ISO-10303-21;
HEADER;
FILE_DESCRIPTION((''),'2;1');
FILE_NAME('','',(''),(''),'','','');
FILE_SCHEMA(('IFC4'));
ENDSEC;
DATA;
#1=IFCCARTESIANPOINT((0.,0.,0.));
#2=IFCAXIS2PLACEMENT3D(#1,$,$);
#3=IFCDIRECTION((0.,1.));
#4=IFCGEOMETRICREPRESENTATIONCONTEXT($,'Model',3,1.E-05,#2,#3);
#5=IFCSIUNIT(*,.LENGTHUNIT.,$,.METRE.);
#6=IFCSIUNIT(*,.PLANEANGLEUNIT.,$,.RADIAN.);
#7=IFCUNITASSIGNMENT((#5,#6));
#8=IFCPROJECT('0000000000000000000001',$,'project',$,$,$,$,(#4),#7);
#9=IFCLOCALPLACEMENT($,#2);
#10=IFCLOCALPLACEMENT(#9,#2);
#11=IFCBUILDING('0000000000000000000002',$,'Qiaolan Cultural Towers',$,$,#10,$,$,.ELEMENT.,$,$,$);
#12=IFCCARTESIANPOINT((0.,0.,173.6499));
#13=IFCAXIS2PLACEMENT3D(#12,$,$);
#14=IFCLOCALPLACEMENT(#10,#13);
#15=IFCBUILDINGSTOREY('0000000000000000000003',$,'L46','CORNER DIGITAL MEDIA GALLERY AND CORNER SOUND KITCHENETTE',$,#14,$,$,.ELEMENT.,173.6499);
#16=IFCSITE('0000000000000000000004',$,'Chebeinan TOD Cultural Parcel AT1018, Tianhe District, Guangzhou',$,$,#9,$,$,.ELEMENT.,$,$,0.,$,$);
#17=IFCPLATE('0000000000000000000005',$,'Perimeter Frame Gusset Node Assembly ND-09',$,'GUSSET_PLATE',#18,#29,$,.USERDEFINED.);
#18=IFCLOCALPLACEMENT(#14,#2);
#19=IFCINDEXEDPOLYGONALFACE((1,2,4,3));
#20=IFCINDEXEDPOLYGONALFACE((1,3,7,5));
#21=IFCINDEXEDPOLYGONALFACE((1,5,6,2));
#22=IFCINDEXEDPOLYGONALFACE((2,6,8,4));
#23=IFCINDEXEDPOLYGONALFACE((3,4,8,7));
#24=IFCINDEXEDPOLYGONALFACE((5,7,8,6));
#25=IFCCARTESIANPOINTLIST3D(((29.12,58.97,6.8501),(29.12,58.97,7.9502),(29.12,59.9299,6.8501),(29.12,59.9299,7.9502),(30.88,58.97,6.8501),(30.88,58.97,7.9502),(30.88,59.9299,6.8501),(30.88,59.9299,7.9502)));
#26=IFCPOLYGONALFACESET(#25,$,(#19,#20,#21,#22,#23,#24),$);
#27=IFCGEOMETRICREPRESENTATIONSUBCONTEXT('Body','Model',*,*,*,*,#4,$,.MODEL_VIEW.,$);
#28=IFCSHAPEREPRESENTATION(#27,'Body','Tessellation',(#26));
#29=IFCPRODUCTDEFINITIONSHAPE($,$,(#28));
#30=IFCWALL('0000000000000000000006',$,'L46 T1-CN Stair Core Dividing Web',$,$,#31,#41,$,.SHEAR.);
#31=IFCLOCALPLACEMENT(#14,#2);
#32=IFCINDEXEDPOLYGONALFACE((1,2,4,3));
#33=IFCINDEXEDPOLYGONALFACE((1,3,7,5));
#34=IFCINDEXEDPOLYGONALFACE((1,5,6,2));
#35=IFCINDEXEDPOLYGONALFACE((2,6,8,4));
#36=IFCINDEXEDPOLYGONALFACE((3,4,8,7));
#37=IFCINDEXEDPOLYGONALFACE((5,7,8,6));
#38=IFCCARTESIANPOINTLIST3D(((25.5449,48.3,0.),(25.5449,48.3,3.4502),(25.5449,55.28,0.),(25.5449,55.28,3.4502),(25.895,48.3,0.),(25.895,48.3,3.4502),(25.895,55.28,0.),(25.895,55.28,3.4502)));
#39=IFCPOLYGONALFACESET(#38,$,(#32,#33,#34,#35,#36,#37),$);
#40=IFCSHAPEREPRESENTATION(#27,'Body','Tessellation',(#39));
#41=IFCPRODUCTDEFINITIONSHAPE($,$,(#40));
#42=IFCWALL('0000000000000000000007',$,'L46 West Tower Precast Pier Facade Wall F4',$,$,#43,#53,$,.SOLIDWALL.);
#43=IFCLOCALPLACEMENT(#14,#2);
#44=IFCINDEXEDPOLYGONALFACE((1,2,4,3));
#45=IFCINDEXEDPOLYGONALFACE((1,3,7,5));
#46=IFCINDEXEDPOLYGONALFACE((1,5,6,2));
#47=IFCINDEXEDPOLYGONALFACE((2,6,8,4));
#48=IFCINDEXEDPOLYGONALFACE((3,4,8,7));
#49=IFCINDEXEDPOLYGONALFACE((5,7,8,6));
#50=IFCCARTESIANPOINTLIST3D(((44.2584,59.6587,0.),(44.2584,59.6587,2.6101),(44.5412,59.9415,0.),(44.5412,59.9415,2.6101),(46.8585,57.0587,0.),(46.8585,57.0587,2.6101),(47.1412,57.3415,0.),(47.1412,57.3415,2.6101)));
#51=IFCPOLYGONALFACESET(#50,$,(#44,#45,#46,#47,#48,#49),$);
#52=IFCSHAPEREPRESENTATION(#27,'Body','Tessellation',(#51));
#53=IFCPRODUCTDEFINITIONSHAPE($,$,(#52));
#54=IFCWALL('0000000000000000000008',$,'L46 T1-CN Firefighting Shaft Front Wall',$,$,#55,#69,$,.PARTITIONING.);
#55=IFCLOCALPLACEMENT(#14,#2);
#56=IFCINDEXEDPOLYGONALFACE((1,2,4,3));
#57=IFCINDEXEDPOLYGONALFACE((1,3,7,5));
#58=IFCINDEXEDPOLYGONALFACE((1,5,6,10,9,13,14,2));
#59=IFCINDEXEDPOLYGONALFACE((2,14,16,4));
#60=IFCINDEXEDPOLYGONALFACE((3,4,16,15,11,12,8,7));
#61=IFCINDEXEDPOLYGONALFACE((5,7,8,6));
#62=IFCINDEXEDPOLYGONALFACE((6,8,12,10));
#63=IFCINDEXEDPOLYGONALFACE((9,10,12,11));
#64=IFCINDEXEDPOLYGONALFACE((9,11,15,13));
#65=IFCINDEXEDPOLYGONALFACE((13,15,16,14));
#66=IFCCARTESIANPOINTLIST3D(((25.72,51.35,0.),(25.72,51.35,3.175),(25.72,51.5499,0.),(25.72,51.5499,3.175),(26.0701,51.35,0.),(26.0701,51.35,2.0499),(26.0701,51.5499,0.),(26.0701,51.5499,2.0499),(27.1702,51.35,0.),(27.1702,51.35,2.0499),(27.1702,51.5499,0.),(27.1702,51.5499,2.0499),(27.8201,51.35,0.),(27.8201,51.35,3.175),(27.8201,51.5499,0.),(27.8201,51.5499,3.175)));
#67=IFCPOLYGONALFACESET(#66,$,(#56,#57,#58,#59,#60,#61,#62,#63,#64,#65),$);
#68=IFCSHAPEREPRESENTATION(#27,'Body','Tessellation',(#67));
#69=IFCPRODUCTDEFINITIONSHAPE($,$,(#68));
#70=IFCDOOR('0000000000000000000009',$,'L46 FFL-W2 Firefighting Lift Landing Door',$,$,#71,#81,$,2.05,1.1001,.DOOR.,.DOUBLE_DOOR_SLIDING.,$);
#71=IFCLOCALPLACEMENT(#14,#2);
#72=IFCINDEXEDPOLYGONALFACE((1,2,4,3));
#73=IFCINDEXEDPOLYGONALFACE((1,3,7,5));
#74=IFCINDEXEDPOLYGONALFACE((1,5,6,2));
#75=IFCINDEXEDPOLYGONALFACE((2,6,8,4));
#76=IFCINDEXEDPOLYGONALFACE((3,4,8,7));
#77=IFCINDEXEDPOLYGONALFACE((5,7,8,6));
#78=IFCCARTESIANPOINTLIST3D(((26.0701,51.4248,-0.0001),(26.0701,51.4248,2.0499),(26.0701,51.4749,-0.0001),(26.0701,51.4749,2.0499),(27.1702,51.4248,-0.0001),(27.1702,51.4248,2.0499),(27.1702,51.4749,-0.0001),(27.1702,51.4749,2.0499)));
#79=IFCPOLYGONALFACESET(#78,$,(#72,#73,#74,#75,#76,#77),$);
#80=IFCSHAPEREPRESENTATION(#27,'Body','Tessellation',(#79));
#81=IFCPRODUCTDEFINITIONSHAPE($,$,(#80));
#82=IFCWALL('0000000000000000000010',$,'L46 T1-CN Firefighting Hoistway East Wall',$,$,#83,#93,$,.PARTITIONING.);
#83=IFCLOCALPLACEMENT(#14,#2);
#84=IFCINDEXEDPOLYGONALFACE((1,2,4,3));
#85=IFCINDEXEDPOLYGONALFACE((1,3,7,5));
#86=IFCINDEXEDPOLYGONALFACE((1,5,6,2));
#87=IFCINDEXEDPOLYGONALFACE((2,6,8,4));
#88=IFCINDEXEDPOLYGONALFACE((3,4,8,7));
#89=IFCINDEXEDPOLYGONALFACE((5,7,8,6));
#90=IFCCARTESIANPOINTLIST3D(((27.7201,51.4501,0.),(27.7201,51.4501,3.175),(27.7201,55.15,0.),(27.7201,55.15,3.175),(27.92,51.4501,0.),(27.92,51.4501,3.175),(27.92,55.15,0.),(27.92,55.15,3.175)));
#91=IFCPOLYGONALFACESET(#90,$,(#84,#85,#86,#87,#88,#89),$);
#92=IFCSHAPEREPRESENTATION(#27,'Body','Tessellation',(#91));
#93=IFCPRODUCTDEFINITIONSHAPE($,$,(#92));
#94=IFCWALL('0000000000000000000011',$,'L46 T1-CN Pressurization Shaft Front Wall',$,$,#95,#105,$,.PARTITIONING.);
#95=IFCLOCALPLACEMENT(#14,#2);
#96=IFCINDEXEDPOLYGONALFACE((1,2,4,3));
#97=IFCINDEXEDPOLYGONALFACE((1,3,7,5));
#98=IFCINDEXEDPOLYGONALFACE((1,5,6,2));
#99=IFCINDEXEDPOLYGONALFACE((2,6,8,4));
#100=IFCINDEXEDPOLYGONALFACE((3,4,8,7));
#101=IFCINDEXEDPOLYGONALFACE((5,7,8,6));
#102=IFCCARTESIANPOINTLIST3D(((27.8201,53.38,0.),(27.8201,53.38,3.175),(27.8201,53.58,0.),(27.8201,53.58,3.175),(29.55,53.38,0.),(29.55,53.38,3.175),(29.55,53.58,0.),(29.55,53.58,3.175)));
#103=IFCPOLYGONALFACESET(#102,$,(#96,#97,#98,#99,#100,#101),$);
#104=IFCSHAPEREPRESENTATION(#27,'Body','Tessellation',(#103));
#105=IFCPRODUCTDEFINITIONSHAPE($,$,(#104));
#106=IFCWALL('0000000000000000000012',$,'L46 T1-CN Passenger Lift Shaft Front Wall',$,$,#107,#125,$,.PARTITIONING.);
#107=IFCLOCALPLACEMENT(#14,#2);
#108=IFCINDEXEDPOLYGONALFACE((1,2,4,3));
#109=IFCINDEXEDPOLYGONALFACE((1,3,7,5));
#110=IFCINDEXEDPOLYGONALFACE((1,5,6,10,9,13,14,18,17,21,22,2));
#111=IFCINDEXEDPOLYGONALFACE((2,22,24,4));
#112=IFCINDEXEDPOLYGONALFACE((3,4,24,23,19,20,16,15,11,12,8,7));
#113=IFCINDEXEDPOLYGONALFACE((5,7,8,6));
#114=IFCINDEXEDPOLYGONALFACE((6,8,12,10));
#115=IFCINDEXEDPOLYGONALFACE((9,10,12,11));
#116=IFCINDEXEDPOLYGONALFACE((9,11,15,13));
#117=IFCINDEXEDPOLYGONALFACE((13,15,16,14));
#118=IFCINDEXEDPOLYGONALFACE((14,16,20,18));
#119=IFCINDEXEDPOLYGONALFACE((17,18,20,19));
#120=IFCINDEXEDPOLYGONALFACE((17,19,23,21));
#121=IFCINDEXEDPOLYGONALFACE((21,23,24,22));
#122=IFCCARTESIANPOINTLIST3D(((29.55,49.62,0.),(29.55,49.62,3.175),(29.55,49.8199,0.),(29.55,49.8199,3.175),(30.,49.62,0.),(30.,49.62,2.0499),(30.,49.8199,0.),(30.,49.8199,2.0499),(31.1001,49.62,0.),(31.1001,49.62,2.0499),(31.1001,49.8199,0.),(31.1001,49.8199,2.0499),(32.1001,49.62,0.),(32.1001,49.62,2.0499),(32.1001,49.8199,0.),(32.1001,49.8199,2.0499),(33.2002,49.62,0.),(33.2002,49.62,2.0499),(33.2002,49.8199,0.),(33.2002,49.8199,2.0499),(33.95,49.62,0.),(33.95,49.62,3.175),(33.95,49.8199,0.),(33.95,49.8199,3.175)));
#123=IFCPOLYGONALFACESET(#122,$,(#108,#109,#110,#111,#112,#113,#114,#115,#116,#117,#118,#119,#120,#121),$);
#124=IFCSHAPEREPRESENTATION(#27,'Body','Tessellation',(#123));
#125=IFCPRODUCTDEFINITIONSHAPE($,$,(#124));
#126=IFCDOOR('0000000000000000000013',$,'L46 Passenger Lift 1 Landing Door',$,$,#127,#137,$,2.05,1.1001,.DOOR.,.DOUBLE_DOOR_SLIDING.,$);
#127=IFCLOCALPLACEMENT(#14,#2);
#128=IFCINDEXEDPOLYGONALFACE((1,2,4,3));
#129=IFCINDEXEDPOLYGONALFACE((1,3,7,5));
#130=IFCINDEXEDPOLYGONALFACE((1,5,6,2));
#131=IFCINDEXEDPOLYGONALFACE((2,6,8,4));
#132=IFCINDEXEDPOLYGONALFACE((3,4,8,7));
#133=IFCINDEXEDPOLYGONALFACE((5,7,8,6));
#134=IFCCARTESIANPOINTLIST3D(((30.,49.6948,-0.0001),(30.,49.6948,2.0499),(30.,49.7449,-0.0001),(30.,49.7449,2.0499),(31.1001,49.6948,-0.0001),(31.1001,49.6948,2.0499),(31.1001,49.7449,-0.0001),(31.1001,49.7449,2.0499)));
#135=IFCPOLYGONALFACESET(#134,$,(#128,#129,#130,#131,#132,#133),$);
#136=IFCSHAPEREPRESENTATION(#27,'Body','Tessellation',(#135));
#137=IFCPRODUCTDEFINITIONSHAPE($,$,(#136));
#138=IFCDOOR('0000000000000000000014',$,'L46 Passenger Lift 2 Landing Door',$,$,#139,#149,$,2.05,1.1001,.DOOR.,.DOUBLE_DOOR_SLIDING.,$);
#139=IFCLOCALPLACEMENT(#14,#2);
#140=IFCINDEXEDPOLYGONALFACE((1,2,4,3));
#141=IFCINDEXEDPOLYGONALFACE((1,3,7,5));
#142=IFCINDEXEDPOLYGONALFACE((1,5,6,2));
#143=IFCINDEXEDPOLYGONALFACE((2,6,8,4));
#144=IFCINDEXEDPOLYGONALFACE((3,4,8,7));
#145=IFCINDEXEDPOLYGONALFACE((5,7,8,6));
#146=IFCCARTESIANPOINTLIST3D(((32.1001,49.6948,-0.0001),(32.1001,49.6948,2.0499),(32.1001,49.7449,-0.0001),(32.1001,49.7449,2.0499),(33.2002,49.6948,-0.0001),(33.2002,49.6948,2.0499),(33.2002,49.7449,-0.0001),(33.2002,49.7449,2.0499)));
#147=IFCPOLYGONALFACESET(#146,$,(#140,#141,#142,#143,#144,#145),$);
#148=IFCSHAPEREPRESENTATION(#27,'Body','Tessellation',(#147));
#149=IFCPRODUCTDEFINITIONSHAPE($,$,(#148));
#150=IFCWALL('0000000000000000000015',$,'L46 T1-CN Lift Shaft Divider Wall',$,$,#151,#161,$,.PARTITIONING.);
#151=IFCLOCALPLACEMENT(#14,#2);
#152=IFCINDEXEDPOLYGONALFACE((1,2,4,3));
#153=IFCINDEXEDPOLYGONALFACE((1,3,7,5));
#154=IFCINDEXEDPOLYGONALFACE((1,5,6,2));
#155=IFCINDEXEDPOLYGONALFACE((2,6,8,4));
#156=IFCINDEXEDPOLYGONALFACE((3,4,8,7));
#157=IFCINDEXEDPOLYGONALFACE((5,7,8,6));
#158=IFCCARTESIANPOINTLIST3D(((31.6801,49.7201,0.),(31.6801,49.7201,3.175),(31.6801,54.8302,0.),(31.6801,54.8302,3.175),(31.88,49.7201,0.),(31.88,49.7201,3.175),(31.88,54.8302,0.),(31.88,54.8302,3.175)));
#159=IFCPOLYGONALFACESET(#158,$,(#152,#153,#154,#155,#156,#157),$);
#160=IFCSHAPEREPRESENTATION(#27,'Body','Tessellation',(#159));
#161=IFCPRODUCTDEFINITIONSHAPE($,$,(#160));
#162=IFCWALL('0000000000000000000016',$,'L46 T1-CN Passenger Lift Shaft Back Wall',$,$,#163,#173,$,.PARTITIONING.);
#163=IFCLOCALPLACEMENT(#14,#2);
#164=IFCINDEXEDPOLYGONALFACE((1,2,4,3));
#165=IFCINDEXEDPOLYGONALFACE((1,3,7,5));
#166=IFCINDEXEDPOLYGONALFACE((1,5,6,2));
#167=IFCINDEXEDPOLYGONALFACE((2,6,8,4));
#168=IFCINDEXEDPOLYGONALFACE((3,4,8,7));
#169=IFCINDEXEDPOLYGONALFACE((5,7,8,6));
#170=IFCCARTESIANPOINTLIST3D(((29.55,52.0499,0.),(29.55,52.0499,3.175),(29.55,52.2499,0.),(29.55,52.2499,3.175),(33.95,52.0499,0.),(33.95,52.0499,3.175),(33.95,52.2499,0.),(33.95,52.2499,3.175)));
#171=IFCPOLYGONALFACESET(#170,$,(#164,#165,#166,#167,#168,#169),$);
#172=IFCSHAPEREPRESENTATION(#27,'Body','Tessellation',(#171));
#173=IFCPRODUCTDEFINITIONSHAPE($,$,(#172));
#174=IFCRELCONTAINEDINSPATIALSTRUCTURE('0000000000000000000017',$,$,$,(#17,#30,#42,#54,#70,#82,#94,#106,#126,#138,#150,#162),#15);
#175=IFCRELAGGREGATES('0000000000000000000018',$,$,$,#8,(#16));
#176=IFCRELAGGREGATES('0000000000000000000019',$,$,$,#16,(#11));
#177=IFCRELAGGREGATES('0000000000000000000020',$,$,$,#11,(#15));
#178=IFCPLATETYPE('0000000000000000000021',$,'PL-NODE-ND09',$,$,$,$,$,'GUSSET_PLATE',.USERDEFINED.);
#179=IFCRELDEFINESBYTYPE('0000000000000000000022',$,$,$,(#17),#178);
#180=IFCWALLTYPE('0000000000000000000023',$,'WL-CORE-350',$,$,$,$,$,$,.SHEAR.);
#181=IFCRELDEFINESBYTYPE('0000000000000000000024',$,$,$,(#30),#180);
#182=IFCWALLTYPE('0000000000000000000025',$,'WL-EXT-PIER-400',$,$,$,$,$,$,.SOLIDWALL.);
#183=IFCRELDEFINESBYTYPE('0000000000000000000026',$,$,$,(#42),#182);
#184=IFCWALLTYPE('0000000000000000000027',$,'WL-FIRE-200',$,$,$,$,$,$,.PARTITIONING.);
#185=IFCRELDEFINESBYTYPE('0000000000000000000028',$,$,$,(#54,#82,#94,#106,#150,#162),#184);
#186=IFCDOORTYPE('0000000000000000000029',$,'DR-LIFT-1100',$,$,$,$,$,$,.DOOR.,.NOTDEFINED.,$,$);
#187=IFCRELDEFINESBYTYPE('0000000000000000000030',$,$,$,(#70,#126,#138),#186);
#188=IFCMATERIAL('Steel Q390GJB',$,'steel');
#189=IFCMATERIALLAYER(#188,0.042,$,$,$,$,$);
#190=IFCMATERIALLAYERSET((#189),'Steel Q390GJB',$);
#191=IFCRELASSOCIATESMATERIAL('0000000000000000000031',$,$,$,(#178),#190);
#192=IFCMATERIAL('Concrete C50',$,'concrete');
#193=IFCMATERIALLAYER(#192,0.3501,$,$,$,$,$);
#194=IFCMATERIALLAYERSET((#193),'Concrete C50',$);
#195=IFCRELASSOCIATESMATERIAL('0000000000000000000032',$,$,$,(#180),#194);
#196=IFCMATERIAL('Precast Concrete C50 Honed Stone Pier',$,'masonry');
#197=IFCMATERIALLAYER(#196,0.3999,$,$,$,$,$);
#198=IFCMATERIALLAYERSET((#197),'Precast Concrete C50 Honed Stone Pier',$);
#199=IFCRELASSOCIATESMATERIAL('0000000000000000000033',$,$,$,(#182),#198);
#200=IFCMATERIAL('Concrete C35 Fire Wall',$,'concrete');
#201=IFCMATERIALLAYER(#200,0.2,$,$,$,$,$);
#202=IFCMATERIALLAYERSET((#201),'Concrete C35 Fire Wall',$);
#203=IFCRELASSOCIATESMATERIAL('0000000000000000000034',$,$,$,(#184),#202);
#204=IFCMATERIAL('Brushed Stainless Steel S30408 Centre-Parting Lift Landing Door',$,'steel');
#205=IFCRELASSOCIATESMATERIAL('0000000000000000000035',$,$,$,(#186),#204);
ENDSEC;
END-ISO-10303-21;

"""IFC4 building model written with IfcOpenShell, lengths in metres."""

from ifc_helpers import new_model, si_unit, direction, frame, frame_2d, origin, origin_2d, place, context, subcontext, project, spatial, rectangle, extrude, material, layer, layer_set, type_object, element, fill, save


model = new_model("IFC4")

# Units and contexts
model_context = context("Model", 3, precision=1e-05, world=origin(), true_north=direction((0.0, 1.0)))
body_context = subcontext(model_context, "Body", "Model", "MODEL_VIEW")
ifc_project = project(units=[si_unit("LENGTHUNIT", "METRE"), si_unit("PLANEANGLEUNIT", "RADIAN")], contexts=[model_context])

# Site, building, storey
site_placement = place(None, origin())
site = spatial("IfcSite", under=ifc_project, at=site_placement, Name="Chebeinan TOD Cultural Parcel AT1018, Tianhe District, Guangzhou", CompositionType="ELEMENT", RefElevation=0.0)
building_placement = place(site_placement, origin())
building = spatial("IfcBuilding", under=site, at=building_placement, Name="Qiaolan Cultural Towers", CompositionType="ELEMENT")
storey_placement = place(building_placement, frame((0.0, 0.0, 173.6499)))
storey = spatial("IfcBuildingStorey", under=building, at=storey_placement, Name="L46", Description="CORNER DIGITAL MEDIA GALLERY AND CORNER SOUND KITCHENETTE", CompositionType="ELEMENT", Elevation=173.6499)

# Plate
ifc_material_1 = material(Name="Steel Q390GJB", Category="steel")
ifc_layer_1 = layer(ifc_material_1, 0.042)
ifc_layer_set_1 = layer_set([ifc_layer_1], Name="Steel Q390GJB")
plate_type_1 = type_object("IfcPlateType", Name="PL-NODE-ND09", ElementType="GUSSET_PLATE", PredefinedType="USERDEFINED", material=ifc_layer_set_1)
plate_placement = place(storey_placement, frame((30.0, 59.45, 6.8501), z_axis=(0.0, 0.0, 1.0), x_axis=(1.0, 0.0, 0.0)))
element("IfcPlate", 1, at=plate_placement, inside=storey, type_object=plate_type_1, Name="Perimeter Frame Gusset Node Assembly ND-09", ObjectType="GUSSET_PLATE", PredefinedType="USERDEFINED", context=body_context, shape_type="SweptSolid", body=[
    extrude(rectangle(XDim=1.76, YDim=0.96, at=origin_2d()), origin(), (0.0, 0.0, 1.0), 1.1001),
])

# Walls
ifc_material_2 = material(Name="Concrete C50", Category="concrete")
ifc_layer_2 = layer(ifc_material_2, 0.3501)
ifc_layer_set_2 = layer_set([ifc_layer_2], Name="Concrete C50")
wall_type_1 = type_object("IfcWallType", Name="WL-CORE-350", PredefinedType="SHEAR", material=ifc_layer_set_2)
wall_1_placement = place(storey_placement, frame((25.72, 48.3, 0.0), z_axis=(0.0, 0.0, 1.0), x_axis=(0.0, 1.0, 0.0)))
element("IfcWall", 2, at=wall_1_placement, inside=storey, type_object=wall_type_1, Name="L46 T1-CN Stair Core Dividing Web", PredefinedType="SHEAR", context=body_context, shape_type="SweptSolid", body=[
    extrude(rectangle(XDim=6.98, YDim=0.3501, at=frame_2d((3.49, 0.0))), origin(), (0.0, 0.0, 1.0), 3.4502),
])
ifc_material_3 = material(Name="Precast Concrete C50 Honed Stone Pier", Category="masonry")
ifc_layer_3 = layer(ifc_material_3, 0.3999)
ifc_layer_set_3 = layer_set([ifc_layer_3], Name="Precast Concrete C50 Honed Stone Pier")
wall_type_2 = type_object("IfcWallType", Name="WL-EXT-PIER-400", PredefinedType="SOLIDWALL", material=ifc_layer_set_3)
wall_2_placement = place(storey_placement, frame((44.3999, 59.8, 0.0), z_axis=(0.0, 0.0, 1.0), x_axis=(0.707107, -0.707107, 0.0)))
element("IfcWall", 3, at=wall_2_placement, inside=storey, type_object=wall_type_2, Name="L46 West Tower Precast Pier Facade Wall F4", PredefinedType="SOLIDWALL", context=body_context, shape_type="SweptSolid", body=[
    extrude(rectangle(XDim=3.677, YDim=0.3999, at=frame_2d((1.8384, 0.0))), origin(), (0.0, 0.0, 1.0), 2.6101),
])

# Wall, opening, door
ifc_material_4 = material(Name="Concrete C35 Fire Wall", Category="concrete")
ifc_layer_4 = layer(ifc_material_4, 0.2)
ifc_layer_set_4 = layer_set([ifc_layer_4], Name="Concrete C35 Fire Wall")
wall_type_3 = type_object("IfcWallType", Name="WL-FIRE-200", PredefinedType="PARTITIONING", material=ifc_layer_set_4)
wall_3_placement = place(storey_placement, frame((25.72, 51.45, 0.0), z_axis=(0.0, 0.0, 1.0), x_axis=(1.0, 0.0, 0.0)))
wall_3 = element("IfcWall", 4, at=wall_3_placement, inside=storey, type_object=wall_type_3, Name="L46 T1-CN Firefighting Shaft Front Wall", PredefinedType="PARTITIONING", context=body_context, shape_type="SweptSolid", body=[
    extrude(rectangle(XDim=2.1001, YDim=0.2, at=frame_2d((1.05, 0.0))), origin(), (0.0, 0.0, 1.0), 3.175),
])
opening_1_placement = place(wall_3_placement, frame((0.3501, 0.0, 0.0)))
opening_1 = element("IfcOpeningElement", 5, at=opening_1_placement, cuts=wall_3, PredefinedType="OPENING", context=body_context, shape_type="SweptSolid", body=[
    extrude(rectangle(XDim=1.1001, YDim=2.05, at=frame_2d((0.55, 1.0249))), frame((0.0, 0.1099, 0.0), z_axis=(0.0, -1.0, 0.0), x_axis=(1.0, 0.0, 0.0)), (0.0, 0.0, 1.0), 0.22),
])
ifc_material_5 = material(Name="Brushed Stainless Steel S30408 Centre-Parting Lift Landing Door", Category="steel")
door_type_1 = type_object("IfcDoorType", Name="DR-LIFT-1100", OperationType="NOTDEFINED", PredefinedType="DOOR", material=ifc_material_5)
door_1_placement = place(opening_1_placement, origin())
door_1 = element("IfcDoor", 6, at=door_1_placement, inside=storey, type_object=door_type_1, Name="L46 FFL-W2 Firefighting Lift Landing Door", OperationType="DOUBLE_DOOR_SLIDING", OverallHeight=2.05, OverallWidth=1.1001, PredefinedType="DOOR", context=body_context, shape_type="SweptSolid", body=[
    extrude(rectangle(XDim=1.1001, YDim=2.05, at=frame_2d((0.55, 1.0249))), frame((0.0, 0.0249, 0.0), z_axis=(0.0, -1.0, 0.0), x_axis=(1.0, 0.0, 0.0)), (0.0, 0.0, 1.0), 0.05),
])
fill(opening_1, door_1)

# Walls
wall_4_placement = place(storey_placement, frame((27.8201, 51.45, 0.0), z_axis=(0.0, 0.0, 1.0), x_axis=(0.0, 1.0, 0.0)))
element("IfcWall", 7, at=wall_4_placement, inside=storey, type_object=wall_type_3, Name="L46 T1-CN Firefighting Hoistway East Wall", PredefinedType="PARTITIONING", context=body_context, shape_type="SweptSolid", body=[
    extrude(rectangle(XDim=3.7, YDim=0.2, at=frame_2d((1.8501, 0.0))), origin(), (0.0, 0.0, 1.0), 3.175),
])
wall_5_placement = place(storey_placement, frame((27.8201, 53.48, 0.0), z_axis=(0.0, 0.0, 1.0), x_axis=(1.0, 0.0, 0.0)))
element("IfcWall", 8, at=wall_5_placement, inside=storey, type_object=wall_type_3, Name="L46 T1-CN Pressurization Shaft Front Wall", PredefinedType="PARTITIONING", context=body_context, shape_type="SweptSolid", body=[
    extrude(rectangle(XDim=1.73, YDim=0.2, at=frame_2d((0.865, 0.0))), origin(), (0.0, 0.0, 1.0), 3.175),
])

# Wall, openings, doors
wall_6_placement = place(storey_placement, frame((29.55, 49.72, 0.0), z_axis=(0.0, 0.0, 1.0), x_axis=(1.0, 0.0, 0.0)))
wall_6 = element("IfcWall", 9, at=wall_6_placement, inside=storey, type_object=wall_type_3, Name="L46 T1-CN Passenger Lift Shaft Front Wall", PredefinedType="PARTITIONING", context=body_context, shape_type="SweptSolid", body=[
    extrude(rectangle(XDim=4.3999, YDim=0.2, at=frame_2d((2.2, 0.0))), origin(), (0.0, 0.0, 1.0), 3.175),
])
opening_2_placement = place(wall_6_placement, frame((0.45, 0.0, 0.0)))
opening_2 = element("IfcOpeningElement", 10, at=opening_2_placement, cuts=wall_6, PredefinedType="OPENING", context=body_context, shape_type="SweptSolid", body=[
    extrude(rectangle(XDim=1.1001, YDim=2.05, at=frame_2d((0.55, 1.0249))), frame((0.0, 0.1099, 0.0), z_axis=(0.0, -1.0, 0.0), x_axis=(1.0, 0.0, 0.0)), (0.0, 0.0, 1.0), 0.22),
])
opening_3_placement = place(wall_6_placement, frame((2.55, 0.0, 0.0)))
opening_3 = element("IfcOpeningElement", 11, at=opening_3_placement, cuts=wall_6, PredefinedType="OPENING", context=body_context, shape_type="SweptSolid", body=[
    extrude(rectangle(XDim=1.1001, YDim=2.05, at=frame_2d((0.55, 1.0249))), frame((0.0, 0.1099, 0.0), z_axis=(0.0, -1.0, 0.0), x_axis=(1.0, 0.0, 0.0)), (0.0, 0.0, 1.0), 0.22),
])
door_2_placement = place(opening_2_placement, origin())
door_2 = element("IfcDoor", 12, at=door_2_placement, inside=storey, type_object=door_type_1, Name="L46 Passenger Lift 1 Landing Door", OperationType="DOUBLE_DOOR_SLIDING", OverallHeight=2.05, OverallWidth=1.1001, PredefinedType="DOOR", context=body_context, shape_type="SweptSolid", body=[
    extrude(rectangle(XDim=1.1001, YDim=2.05, at=frame_2d((0.55, 1.0249))), frame((0.0, 0.0249, 0.0), z_axis=(0.0, -1.0, 0.0), x_axis=(1.0, 0.0, 0.0)), (0.0, 0.0, 1.0), 0.05),
])
fill(opening_2, door_2)
door_3_placement = place(opening_3_placement, origin())
door_3 = element("IfcDoor", 13, at=door_3_placement, inside=storey, type_object=door_type_1, Name="L46 Passenger Lift 2 Landing Door", OperationType="DOUBLE_DOOR_SLIDING", OverallHeight=2.05, OverallWidth=1.1001, PredefinedType="DOOR", context=body_context, shape_type="SweptSolid", body=[
    extrude(rectangle(XDim=1.1001, YDim=2.05, at=frame_2d((0.55, 1.0249))), frame((0.0, 0.0249, 0.0), z_axis=(0.0, -1.0, 0.0), x_axis=(1.0, 0.0, 0.0)), (0.0, 0.0, 1.0), 0.05),
])
fill(opening_3, door_3)

# Walls
wall_7_placement = place(storey_placement, frame((31.78, 49.72, 0.0), z_axis=(0.0, 0.0, 1.0), x_axis=(0.0, 1.0, 0.0)))
element("IfcWall", 14, at=wall_7_placement, inside=storey, type_object=wall_type_3, Name="L46 T1-CN Lift Shaft Divider Wall", PredefinedType="PARTITIONING", context=body_context, shape_type="SweptSolid", body=[
    extrude(rectangle(XDim=5.1101, YDim=0.2, at=frame_2d((2.5552, 0.0))), origin(), (0.0, 0.0, 1.0), 3.175),
])
wall_8_placement = place(storey_placement, frame((29.55, 52.1499, 0.0), z_axis=(0.0, 0.0, 1.0), x_axis=(1.0, 0.0, 0.0)))
element("IfcWall", 15, at=wall_8_placement, inside=storey, type_object=wall_type_3, Name="L46 T1-CN Passenger Lift Shaft Back Wall", PredefinedType="PARTITIONING", context=body_context, shape_type="SweptSolid", body=[
    extrude(rectangle(XDim=4.3999, YDim=0.2, at=frame_2d((2.2, 0.0))), origin(), (0.0, 0.0, 1.0), 3.175),
])

save(model, "model.ifc")
